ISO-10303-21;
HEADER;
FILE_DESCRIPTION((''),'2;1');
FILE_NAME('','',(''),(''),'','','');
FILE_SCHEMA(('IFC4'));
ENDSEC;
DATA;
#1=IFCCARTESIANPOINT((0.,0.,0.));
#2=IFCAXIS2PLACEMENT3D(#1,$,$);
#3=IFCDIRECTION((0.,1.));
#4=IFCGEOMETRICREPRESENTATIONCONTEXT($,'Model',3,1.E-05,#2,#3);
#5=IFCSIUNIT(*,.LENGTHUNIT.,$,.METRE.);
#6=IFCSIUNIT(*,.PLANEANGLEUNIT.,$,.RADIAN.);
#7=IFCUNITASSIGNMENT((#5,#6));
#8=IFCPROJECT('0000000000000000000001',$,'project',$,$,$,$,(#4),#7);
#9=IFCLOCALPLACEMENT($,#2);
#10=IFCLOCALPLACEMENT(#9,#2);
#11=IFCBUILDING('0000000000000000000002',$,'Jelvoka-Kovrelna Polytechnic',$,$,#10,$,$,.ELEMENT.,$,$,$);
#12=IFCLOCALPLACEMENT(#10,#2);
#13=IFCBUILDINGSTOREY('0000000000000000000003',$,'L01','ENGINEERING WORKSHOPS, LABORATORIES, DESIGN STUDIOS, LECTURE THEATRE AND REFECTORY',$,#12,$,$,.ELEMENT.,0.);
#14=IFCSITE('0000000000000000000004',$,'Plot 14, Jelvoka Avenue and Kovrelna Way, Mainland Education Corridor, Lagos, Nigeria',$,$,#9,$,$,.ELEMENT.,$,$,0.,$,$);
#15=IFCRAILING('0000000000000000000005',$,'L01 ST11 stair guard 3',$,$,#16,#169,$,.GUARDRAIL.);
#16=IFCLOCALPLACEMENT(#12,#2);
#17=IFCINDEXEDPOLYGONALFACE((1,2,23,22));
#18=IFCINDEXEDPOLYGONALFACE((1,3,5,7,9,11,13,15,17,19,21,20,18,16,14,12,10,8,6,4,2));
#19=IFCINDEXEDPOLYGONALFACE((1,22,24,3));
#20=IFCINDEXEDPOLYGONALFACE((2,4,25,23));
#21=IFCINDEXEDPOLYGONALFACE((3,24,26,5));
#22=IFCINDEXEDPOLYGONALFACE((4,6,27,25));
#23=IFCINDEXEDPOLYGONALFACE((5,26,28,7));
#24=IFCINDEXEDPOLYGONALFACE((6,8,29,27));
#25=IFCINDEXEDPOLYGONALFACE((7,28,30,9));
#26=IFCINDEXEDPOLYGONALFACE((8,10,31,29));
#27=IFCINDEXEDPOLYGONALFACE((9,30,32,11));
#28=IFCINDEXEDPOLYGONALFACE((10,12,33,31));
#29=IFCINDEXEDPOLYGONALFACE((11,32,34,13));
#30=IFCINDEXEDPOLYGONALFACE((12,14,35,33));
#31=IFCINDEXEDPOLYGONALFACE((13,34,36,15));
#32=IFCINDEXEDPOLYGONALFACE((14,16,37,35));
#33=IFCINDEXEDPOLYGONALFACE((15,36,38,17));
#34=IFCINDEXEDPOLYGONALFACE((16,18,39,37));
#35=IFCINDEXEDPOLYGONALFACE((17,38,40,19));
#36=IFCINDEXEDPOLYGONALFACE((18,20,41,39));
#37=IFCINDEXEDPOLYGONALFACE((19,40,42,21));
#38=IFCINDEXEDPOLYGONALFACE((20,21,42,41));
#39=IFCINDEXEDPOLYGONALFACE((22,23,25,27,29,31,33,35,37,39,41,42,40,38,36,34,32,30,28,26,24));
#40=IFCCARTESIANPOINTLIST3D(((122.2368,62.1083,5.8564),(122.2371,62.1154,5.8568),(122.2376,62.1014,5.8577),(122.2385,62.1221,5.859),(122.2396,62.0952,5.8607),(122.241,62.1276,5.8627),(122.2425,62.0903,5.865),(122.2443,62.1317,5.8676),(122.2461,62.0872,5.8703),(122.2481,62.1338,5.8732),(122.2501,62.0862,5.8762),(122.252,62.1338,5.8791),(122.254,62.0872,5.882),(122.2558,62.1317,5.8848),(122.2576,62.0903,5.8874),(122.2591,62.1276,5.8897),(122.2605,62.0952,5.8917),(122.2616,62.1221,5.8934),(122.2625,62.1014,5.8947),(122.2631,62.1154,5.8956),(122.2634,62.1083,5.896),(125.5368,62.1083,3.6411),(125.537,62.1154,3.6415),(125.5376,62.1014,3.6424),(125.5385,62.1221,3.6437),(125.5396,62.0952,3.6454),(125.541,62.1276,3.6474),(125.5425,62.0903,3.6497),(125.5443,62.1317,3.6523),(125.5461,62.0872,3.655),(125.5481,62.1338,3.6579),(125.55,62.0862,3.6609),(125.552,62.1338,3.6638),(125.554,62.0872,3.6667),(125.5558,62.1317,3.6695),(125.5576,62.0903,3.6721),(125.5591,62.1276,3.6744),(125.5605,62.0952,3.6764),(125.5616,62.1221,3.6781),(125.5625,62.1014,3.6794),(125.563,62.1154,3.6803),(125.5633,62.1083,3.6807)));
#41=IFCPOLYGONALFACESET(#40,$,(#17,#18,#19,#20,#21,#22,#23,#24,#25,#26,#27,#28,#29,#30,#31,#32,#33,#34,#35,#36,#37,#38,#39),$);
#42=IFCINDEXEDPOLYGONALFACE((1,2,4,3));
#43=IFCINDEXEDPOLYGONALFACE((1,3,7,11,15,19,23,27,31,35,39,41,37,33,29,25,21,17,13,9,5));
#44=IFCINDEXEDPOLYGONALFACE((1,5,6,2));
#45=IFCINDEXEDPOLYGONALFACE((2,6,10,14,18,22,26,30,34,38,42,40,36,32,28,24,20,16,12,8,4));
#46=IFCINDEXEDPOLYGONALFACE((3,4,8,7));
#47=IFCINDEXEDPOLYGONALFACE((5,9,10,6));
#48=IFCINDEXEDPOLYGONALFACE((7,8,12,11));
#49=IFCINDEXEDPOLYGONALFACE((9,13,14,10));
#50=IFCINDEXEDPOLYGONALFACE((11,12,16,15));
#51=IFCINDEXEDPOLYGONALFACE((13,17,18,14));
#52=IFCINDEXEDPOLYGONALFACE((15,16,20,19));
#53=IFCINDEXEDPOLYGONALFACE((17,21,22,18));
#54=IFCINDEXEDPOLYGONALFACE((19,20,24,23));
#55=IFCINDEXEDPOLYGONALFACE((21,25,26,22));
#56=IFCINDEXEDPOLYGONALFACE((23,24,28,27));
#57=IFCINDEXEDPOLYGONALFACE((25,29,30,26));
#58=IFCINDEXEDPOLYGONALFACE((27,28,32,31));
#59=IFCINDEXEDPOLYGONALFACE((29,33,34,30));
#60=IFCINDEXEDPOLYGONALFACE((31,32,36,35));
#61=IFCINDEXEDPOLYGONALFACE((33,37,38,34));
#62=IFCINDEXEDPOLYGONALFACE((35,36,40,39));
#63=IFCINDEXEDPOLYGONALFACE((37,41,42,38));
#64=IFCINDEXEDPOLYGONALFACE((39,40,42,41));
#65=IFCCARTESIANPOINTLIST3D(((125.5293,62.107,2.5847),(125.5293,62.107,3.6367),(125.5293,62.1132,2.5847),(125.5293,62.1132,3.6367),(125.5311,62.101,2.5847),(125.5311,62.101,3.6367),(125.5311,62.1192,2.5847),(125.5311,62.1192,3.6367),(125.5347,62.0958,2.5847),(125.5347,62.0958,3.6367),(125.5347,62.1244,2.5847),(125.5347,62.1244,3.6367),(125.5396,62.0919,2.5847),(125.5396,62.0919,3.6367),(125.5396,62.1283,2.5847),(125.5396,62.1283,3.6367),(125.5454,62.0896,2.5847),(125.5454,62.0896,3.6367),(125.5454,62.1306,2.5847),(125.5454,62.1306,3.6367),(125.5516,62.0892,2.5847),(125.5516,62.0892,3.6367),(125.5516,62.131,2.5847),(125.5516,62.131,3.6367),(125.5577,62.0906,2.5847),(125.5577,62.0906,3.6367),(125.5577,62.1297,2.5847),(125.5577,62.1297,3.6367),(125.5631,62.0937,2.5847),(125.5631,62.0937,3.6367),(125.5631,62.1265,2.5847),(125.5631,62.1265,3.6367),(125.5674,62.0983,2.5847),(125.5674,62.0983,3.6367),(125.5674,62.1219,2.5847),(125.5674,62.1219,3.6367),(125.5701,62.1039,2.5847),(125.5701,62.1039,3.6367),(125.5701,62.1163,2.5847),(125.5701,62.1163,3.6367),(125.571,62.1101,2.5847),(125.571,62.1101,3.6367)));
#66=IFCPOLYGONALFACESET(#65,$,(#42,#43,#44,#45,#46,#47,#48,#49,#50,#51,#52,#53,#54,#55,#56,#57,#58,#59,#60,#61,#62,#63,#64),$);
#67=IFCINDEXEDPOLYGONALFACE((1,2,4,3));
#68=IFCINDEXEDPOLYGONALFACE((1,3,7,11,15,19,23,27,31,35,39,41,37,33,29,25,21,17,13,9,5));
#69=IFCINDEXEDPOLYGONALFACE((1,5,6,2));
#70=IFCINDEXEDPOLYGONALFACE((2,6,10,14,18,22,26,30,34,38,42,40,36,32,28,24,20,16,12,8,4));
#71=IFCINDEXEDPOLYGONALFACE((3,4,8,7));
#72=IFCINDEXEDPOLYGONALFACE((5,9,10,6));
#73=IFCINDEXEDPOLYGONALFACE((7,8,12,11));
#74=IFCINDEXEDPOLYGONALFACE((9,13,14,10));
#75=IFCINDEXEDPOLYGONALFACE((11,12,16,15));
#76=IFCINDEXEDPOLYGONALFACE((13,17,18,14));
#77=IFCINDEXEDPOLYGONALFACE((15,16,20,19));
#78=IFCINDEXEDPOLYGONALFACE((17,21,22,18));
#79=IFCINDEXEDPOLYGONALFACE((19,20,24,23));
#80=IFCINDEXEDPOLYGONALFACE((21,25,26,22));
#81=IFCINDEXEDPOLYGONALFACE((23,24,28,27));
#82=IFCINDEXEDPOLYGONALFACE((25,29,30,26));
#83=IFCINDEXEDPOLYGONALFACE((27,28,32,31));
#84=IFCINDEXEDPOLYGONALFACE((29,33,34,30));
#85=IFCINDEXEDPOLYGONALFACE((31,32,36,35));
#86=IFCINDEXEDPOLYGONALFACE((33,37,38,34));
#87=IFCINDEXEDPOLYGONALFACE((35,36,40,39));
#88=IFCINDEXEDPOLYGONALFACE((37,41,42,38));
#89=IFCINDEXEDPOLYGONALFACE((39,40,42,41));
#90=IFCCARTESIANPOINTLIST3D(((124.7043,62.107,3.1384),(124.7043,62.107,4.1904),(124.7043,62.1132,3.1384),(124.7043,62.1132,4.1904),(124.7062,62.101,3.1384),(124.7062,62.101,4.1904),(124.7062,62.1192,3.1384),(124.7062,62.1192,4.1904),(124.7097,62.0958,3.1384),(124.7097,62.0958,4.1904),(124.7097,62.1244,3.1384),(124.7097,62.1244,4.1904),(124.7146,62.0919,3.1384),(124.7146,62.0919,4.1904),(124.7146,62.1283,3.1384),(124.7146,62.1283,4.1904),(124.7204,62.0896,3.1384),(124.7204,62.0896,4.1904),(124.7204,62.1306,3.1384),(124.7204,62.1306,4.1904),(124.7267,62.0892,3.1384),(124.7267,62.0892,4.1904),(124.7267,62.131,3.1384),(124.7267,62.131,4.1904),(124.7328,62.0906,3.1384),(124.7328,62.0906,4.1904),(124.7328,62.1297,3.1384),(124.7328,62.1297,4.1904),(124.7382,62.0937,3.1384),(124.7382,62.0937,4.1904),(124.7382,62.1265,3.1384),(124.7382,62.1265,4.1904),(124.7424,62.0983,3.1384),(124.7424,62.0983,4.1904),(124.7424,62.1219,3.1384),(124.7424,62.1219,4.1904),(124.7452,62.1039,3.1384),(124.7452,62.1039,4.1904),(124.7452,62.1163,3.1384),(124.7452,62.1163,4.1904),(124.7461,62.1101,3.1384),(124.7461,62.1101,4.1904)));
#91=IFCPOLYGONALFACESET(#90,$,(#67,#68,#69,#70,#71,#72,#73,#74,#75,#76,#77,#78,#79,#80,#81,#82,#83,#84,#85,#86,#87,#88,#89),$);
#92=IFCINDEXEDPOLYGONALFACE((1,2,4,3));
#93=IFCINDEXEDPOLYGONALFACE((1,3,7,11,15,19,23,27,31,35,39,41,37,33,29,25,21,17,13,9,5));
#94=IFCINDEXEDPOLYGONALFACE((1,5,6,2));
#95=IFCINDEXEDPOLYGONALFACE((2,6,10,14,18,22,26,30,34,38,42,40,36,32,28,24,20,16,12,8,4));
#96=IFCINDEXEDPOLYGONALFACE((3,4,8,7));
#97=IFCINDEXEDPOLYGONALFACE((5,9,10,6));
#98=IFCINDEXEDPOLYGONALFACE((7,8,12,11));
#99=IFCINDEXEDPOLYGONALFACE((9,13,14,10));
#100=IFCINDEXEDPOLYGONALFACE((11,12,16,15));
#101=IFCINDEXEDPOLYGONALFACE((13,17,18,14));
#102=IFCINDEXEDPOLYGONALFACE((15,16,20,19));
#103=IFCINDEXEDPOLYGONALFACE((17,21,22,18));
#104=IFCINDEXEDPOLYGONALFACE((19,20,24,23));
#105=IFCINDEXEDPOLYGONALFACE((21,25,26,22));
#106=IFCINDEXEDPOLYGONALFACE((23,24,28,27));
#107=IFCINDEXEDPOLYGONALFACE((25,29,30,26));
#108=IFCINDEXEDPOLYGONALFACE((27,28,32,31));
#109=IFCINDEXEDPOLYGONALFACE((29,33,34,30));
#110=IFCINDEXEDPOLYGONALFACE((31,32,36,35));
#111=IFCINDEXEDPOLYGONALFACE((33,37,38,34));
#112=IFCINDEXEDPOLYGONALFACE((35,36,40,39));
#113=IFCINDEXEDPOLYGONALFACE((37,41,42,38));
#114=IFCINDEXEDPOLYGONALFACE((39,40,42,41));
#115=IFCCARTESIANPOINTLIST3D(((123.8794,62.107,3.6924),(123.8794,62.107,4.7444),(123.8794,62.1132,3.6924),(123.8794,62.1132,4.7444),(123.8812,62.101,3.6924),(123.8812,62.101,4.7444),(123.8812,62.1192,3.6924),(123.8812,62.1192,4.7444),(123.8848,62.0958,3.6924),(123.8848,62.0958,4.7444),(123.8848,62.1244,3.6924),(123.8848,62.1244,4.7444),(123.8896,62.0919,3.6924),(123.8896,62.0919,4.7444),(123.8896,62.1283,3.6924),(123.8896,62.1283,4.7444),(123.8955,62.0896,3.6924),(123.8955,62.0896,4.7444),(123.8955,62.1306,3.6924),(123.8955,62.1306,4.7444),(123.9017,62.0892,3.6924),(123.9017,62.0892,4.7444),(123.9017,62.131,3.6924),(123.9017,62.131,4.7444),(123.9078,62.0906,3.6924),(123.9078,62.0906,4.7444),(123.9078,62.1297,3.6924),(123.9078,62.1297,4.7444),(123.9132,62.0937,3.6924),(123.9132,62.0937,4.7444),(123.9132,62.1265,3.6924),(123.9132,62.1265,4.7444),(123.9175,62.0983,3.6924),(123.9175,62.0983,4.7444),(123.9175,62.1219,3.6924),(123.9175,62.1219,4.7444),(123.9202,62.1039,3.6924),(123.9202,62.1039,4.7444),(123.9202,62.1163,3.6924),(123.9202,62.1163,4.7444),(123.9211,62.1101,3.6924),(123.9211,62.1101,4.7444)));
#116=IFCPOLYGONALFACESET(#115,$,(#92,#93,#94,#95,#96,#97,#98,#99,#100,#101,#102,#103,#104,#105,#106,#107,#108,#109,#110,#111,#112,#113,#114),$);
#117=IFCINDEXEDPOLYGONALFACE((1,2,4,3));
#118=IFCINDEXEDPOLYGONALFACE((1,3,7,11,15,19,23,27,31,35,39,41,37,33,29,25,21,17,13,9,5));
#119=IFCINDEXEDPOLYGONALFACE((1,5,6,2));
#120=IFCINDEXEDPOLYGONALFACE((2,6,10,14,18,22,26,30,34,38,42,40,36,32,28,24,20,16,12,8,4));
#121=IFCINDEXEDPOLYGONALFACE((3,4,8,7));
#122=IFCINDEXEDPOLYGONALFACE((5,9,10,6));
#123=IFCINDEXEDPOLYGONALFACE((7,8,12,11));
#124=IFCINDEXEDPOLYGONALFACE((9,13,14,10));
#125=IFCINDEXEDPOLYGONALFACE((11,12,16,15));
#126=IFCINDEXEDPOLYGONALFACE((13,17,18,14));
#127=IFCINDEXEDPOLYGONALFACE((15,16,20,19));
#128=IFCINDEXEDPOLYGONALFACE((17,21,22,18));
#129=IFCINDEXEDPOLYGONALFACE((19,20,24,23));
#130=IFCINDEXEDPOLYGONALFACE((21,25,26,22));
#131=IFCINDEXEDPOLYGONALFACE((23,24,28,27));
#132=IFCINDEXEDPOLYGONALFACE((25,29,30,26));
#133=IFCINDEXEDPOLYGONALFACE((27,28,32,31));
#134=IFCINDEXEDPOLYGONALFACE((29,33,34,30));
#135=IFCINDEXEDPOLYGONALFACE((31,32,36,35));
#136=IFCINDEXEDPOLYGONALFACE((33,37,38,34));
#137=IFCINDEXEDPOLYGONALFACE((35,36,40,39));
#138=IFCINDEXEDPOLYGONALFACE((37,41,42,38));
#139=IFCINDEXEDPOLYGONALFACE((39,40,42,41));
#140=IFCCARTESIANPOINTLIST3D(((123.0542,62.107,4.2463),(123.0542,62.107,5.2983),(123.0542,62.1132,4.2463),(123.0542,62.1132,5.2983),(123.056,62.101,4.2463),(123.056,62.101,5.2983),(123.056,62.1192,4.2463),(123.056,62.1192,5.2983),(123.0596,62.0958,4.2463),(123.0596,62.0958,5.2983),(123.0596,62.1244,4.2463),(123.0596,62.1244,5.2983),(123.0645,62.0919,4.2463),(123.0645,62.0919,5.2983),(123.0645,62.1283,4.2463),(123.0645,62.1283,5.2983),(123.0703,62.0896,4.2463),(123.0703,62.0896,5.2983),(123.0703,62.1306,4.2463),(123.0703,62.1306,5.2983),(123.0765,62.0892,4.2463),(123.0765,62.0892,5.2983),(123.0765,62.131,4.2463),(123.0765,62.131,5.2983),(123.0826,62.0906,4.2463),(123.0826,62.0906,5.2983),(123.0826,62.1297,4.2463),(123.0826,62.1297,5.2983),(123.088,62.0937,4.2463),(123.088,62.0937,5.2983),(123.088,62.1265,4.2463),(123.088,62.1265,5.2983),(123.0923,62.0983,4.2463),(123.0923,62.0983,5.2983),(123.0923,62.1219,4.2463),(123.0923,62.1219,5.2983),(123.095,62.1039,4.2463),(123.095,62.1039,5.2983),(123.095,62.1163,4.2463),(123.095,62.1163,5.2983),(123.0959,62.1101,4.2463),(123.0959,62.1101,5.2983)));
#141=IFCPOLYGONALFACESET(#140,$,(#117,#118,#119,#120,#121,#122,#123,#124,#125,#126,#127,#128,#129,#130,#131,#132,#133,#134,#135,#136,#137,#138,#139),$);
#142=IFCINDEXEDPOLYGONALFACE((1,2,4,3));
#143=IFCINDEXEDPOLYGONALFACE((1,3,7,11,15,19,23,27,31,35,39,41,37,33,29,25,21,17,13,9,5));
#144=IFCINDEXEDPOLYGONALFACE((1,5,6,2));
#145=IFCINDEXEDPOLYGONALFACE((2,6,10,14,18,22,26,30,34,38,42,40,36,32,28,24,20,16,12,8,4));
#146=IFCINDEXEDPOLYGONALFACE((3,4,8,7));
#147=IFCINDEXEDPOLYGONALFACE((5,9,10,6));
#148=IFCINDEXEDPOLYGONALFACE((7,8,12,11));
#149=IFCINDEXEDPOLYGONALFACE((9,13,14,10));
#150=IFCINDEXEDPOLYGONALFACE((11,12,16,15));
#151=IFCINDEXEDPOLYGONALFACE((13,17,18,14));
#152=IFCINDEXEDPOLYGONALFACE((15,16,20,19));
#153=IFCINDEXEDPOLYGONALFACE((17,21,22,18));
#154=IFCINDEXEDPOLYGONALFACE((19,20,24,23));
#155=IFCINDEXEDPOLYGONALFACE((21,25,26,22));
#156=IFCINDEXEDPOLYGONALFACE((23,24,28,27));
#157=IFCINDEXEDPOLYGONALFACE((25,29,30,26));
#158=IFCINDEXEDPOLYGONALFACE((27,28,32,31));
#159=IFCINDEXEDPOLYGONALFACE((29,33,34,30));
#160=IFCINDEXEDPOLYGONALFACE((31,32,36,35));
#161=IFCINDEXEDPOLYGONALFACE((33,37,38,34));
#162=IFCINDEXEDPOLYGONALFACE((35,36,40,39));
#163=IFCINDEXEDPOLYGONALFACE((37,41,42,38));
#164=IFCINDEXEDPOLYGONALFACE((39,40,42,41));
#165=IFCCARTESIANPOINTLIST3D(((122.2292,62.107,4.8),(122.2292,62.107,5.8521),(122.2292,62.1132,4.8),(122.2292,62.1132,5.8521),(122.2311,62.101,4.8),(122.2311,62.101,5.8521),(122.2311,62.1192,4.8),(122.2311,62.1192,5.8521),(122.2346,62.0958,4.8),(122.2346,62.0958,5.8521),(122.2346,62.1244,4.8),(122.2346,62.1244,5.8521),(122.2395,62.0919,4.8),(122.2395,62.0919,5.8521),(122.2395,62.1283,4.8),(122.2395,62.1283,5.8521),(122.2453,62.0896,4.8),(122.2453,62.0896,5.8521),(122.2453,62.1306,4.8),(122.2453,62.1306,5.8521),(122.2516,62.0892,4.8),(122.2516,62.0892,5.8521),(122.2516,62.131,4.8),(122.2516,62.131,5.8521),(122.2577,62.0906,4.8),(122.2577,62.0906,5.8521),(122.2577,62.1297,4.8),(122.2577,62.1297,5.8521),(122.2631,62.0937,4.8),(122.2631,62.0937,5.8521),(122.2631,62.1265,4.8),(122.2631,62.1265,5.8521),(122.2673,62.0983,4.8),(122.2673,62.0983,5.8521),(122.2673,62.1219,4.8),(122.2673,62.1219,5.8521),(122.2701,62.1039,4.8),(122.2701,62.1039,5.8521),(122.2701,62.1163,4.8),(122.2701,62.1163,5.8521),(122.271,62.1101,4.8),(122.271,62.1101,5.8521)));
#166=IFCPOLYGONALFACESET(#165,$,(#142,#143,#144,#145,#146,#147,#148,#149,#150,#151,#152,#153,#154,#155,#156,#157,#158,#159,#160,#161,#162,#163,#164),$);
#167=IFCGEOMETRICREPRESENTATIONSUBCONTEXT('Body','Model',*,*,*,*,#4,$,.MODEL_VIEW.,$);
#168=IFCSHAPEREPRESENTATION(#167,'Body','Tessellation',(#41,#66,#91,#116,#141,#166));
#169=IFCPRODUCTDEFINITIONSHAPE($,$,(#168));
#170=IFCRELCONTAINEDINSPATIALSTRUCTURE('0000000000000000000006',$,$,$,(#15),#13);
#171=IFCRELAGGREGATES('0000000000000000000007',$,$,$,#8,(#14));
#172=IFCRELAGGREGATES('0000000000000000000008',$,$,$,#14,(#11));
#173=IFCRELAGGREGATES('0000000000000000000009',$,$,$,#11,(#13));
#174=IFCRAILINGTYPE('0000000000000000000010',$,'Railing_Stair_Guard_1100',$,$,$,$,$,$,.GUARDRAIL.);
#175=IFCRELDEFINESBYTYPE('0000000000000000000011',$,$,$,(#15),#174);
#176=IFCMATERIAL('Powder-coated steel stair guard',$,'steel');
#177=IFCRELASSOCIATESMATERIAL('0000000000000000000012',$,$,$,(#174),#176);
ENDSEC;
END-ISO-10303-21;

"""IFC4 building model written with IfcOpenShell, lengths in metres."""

from ifc_helpers import new_model, si_unit, direction, frame, origin, origin_2d, place, context, subcontext, project, spatial, circle, extrude, material, type_object, element, save


model = new_model("IFC4")

# Units and contexts
model_context = context("Model", 3, precision=1e-05, world=origin(), true_north=direction((0.0, 1.0)))
body_context = subcontext(model_context, "Body", "Model", "MODEL_VIEW")
ifc_project = project(units=[si_unit("LENGTHUNIT", "METRE"), si_unit("PLANEANGLEUNIT", "RADIAN")], contexts=[model_context])

# Site, building, storey
site_placement = place(None, origin())
site = spatial("IfcSite", under=ifc_project, at=site_placement, Name="Plot 14, Jelvoka Avenue and Kovrelna Way, Mainland Education Corridor, Lagos, Nigeria", CompositionType="ELEMENT", RefElevation=0.0)
building_placement = place(site_placement, origin())
building = spatial("IfcBuilding", under=site, at=building_placement, Name="Jelvoka-Kovrelna Polytechnic", CompositionType="ELEMENT")
storey_placement = place(building_placement, origin())
storey = spatial("IfcBuildingStorey", under=building, at=storey_placement, Name="L01", Description="ENGINEERING WORKSHOPS, LABORATORIES, DESIGN STUDIOS, LECTURE THEATRE AND REFECTORY", CompositionType="ELEMENT", Elevation=0.0)

# Railing
ifc_material_1 = material(Name="Powder-coated steel stair guard", Category="steel")
railing_type_1 = type_object("IfcRailingType", Name="Railing_Stair_Guard_1100", PredefinedType="GUARDRAIL", material=ifc_material_1)
railing_1_placement = place(storey_placement, frame((125.55, 62.1101, 2.5847)))
element("IfcRailing", 1, at=railing_1_placement, inside=storey, type_object=railing_type_1, Name="L01 ST11 stair guard 3", PredefinedType="GUARDRAIL", context=body_context, shape_type="SweptSolid", body=[
    extrude(circle(Radius=0.0239, at=origin_2d()), frame((0.0, 0.0, 1.0762), z_axis=(-0.830269, 0.0, 0.557362), x_axis=(0.0, -1.0, 0.0)), (0.0, 0.0, 1.0), 3.9746),
    extrude(circle(Radius=0.021, at=origin_2d()), origin(), (0.0, 0.0, 1.0), 1.052),
    extrude(circle(Radius=0.021, at=origin_2d()), frame((-0.825, 0.0, 0.5537)), (0.0, 0.0, 1.0), 1.052),
    extrude(circle(Radius=0.021, at=origin_2d()), frame((-1.6499, 0.0, 1.1077)), (0.0, 0.0, 1.0), 1.052),
    extrude(circle(Radius=0.021, at=origin_2d()), frame((-2.4751, 0.0, 1.6616)), (0.0, 0.0, 1.0), 1.052),
    extrude(circle(Radius=0.021, at=origin_2d()), frame((-3.3, 0.0, 2.2153)), (0.0, 0.0, 1.0), 1.052),
])

save(model, "model.ifc")
